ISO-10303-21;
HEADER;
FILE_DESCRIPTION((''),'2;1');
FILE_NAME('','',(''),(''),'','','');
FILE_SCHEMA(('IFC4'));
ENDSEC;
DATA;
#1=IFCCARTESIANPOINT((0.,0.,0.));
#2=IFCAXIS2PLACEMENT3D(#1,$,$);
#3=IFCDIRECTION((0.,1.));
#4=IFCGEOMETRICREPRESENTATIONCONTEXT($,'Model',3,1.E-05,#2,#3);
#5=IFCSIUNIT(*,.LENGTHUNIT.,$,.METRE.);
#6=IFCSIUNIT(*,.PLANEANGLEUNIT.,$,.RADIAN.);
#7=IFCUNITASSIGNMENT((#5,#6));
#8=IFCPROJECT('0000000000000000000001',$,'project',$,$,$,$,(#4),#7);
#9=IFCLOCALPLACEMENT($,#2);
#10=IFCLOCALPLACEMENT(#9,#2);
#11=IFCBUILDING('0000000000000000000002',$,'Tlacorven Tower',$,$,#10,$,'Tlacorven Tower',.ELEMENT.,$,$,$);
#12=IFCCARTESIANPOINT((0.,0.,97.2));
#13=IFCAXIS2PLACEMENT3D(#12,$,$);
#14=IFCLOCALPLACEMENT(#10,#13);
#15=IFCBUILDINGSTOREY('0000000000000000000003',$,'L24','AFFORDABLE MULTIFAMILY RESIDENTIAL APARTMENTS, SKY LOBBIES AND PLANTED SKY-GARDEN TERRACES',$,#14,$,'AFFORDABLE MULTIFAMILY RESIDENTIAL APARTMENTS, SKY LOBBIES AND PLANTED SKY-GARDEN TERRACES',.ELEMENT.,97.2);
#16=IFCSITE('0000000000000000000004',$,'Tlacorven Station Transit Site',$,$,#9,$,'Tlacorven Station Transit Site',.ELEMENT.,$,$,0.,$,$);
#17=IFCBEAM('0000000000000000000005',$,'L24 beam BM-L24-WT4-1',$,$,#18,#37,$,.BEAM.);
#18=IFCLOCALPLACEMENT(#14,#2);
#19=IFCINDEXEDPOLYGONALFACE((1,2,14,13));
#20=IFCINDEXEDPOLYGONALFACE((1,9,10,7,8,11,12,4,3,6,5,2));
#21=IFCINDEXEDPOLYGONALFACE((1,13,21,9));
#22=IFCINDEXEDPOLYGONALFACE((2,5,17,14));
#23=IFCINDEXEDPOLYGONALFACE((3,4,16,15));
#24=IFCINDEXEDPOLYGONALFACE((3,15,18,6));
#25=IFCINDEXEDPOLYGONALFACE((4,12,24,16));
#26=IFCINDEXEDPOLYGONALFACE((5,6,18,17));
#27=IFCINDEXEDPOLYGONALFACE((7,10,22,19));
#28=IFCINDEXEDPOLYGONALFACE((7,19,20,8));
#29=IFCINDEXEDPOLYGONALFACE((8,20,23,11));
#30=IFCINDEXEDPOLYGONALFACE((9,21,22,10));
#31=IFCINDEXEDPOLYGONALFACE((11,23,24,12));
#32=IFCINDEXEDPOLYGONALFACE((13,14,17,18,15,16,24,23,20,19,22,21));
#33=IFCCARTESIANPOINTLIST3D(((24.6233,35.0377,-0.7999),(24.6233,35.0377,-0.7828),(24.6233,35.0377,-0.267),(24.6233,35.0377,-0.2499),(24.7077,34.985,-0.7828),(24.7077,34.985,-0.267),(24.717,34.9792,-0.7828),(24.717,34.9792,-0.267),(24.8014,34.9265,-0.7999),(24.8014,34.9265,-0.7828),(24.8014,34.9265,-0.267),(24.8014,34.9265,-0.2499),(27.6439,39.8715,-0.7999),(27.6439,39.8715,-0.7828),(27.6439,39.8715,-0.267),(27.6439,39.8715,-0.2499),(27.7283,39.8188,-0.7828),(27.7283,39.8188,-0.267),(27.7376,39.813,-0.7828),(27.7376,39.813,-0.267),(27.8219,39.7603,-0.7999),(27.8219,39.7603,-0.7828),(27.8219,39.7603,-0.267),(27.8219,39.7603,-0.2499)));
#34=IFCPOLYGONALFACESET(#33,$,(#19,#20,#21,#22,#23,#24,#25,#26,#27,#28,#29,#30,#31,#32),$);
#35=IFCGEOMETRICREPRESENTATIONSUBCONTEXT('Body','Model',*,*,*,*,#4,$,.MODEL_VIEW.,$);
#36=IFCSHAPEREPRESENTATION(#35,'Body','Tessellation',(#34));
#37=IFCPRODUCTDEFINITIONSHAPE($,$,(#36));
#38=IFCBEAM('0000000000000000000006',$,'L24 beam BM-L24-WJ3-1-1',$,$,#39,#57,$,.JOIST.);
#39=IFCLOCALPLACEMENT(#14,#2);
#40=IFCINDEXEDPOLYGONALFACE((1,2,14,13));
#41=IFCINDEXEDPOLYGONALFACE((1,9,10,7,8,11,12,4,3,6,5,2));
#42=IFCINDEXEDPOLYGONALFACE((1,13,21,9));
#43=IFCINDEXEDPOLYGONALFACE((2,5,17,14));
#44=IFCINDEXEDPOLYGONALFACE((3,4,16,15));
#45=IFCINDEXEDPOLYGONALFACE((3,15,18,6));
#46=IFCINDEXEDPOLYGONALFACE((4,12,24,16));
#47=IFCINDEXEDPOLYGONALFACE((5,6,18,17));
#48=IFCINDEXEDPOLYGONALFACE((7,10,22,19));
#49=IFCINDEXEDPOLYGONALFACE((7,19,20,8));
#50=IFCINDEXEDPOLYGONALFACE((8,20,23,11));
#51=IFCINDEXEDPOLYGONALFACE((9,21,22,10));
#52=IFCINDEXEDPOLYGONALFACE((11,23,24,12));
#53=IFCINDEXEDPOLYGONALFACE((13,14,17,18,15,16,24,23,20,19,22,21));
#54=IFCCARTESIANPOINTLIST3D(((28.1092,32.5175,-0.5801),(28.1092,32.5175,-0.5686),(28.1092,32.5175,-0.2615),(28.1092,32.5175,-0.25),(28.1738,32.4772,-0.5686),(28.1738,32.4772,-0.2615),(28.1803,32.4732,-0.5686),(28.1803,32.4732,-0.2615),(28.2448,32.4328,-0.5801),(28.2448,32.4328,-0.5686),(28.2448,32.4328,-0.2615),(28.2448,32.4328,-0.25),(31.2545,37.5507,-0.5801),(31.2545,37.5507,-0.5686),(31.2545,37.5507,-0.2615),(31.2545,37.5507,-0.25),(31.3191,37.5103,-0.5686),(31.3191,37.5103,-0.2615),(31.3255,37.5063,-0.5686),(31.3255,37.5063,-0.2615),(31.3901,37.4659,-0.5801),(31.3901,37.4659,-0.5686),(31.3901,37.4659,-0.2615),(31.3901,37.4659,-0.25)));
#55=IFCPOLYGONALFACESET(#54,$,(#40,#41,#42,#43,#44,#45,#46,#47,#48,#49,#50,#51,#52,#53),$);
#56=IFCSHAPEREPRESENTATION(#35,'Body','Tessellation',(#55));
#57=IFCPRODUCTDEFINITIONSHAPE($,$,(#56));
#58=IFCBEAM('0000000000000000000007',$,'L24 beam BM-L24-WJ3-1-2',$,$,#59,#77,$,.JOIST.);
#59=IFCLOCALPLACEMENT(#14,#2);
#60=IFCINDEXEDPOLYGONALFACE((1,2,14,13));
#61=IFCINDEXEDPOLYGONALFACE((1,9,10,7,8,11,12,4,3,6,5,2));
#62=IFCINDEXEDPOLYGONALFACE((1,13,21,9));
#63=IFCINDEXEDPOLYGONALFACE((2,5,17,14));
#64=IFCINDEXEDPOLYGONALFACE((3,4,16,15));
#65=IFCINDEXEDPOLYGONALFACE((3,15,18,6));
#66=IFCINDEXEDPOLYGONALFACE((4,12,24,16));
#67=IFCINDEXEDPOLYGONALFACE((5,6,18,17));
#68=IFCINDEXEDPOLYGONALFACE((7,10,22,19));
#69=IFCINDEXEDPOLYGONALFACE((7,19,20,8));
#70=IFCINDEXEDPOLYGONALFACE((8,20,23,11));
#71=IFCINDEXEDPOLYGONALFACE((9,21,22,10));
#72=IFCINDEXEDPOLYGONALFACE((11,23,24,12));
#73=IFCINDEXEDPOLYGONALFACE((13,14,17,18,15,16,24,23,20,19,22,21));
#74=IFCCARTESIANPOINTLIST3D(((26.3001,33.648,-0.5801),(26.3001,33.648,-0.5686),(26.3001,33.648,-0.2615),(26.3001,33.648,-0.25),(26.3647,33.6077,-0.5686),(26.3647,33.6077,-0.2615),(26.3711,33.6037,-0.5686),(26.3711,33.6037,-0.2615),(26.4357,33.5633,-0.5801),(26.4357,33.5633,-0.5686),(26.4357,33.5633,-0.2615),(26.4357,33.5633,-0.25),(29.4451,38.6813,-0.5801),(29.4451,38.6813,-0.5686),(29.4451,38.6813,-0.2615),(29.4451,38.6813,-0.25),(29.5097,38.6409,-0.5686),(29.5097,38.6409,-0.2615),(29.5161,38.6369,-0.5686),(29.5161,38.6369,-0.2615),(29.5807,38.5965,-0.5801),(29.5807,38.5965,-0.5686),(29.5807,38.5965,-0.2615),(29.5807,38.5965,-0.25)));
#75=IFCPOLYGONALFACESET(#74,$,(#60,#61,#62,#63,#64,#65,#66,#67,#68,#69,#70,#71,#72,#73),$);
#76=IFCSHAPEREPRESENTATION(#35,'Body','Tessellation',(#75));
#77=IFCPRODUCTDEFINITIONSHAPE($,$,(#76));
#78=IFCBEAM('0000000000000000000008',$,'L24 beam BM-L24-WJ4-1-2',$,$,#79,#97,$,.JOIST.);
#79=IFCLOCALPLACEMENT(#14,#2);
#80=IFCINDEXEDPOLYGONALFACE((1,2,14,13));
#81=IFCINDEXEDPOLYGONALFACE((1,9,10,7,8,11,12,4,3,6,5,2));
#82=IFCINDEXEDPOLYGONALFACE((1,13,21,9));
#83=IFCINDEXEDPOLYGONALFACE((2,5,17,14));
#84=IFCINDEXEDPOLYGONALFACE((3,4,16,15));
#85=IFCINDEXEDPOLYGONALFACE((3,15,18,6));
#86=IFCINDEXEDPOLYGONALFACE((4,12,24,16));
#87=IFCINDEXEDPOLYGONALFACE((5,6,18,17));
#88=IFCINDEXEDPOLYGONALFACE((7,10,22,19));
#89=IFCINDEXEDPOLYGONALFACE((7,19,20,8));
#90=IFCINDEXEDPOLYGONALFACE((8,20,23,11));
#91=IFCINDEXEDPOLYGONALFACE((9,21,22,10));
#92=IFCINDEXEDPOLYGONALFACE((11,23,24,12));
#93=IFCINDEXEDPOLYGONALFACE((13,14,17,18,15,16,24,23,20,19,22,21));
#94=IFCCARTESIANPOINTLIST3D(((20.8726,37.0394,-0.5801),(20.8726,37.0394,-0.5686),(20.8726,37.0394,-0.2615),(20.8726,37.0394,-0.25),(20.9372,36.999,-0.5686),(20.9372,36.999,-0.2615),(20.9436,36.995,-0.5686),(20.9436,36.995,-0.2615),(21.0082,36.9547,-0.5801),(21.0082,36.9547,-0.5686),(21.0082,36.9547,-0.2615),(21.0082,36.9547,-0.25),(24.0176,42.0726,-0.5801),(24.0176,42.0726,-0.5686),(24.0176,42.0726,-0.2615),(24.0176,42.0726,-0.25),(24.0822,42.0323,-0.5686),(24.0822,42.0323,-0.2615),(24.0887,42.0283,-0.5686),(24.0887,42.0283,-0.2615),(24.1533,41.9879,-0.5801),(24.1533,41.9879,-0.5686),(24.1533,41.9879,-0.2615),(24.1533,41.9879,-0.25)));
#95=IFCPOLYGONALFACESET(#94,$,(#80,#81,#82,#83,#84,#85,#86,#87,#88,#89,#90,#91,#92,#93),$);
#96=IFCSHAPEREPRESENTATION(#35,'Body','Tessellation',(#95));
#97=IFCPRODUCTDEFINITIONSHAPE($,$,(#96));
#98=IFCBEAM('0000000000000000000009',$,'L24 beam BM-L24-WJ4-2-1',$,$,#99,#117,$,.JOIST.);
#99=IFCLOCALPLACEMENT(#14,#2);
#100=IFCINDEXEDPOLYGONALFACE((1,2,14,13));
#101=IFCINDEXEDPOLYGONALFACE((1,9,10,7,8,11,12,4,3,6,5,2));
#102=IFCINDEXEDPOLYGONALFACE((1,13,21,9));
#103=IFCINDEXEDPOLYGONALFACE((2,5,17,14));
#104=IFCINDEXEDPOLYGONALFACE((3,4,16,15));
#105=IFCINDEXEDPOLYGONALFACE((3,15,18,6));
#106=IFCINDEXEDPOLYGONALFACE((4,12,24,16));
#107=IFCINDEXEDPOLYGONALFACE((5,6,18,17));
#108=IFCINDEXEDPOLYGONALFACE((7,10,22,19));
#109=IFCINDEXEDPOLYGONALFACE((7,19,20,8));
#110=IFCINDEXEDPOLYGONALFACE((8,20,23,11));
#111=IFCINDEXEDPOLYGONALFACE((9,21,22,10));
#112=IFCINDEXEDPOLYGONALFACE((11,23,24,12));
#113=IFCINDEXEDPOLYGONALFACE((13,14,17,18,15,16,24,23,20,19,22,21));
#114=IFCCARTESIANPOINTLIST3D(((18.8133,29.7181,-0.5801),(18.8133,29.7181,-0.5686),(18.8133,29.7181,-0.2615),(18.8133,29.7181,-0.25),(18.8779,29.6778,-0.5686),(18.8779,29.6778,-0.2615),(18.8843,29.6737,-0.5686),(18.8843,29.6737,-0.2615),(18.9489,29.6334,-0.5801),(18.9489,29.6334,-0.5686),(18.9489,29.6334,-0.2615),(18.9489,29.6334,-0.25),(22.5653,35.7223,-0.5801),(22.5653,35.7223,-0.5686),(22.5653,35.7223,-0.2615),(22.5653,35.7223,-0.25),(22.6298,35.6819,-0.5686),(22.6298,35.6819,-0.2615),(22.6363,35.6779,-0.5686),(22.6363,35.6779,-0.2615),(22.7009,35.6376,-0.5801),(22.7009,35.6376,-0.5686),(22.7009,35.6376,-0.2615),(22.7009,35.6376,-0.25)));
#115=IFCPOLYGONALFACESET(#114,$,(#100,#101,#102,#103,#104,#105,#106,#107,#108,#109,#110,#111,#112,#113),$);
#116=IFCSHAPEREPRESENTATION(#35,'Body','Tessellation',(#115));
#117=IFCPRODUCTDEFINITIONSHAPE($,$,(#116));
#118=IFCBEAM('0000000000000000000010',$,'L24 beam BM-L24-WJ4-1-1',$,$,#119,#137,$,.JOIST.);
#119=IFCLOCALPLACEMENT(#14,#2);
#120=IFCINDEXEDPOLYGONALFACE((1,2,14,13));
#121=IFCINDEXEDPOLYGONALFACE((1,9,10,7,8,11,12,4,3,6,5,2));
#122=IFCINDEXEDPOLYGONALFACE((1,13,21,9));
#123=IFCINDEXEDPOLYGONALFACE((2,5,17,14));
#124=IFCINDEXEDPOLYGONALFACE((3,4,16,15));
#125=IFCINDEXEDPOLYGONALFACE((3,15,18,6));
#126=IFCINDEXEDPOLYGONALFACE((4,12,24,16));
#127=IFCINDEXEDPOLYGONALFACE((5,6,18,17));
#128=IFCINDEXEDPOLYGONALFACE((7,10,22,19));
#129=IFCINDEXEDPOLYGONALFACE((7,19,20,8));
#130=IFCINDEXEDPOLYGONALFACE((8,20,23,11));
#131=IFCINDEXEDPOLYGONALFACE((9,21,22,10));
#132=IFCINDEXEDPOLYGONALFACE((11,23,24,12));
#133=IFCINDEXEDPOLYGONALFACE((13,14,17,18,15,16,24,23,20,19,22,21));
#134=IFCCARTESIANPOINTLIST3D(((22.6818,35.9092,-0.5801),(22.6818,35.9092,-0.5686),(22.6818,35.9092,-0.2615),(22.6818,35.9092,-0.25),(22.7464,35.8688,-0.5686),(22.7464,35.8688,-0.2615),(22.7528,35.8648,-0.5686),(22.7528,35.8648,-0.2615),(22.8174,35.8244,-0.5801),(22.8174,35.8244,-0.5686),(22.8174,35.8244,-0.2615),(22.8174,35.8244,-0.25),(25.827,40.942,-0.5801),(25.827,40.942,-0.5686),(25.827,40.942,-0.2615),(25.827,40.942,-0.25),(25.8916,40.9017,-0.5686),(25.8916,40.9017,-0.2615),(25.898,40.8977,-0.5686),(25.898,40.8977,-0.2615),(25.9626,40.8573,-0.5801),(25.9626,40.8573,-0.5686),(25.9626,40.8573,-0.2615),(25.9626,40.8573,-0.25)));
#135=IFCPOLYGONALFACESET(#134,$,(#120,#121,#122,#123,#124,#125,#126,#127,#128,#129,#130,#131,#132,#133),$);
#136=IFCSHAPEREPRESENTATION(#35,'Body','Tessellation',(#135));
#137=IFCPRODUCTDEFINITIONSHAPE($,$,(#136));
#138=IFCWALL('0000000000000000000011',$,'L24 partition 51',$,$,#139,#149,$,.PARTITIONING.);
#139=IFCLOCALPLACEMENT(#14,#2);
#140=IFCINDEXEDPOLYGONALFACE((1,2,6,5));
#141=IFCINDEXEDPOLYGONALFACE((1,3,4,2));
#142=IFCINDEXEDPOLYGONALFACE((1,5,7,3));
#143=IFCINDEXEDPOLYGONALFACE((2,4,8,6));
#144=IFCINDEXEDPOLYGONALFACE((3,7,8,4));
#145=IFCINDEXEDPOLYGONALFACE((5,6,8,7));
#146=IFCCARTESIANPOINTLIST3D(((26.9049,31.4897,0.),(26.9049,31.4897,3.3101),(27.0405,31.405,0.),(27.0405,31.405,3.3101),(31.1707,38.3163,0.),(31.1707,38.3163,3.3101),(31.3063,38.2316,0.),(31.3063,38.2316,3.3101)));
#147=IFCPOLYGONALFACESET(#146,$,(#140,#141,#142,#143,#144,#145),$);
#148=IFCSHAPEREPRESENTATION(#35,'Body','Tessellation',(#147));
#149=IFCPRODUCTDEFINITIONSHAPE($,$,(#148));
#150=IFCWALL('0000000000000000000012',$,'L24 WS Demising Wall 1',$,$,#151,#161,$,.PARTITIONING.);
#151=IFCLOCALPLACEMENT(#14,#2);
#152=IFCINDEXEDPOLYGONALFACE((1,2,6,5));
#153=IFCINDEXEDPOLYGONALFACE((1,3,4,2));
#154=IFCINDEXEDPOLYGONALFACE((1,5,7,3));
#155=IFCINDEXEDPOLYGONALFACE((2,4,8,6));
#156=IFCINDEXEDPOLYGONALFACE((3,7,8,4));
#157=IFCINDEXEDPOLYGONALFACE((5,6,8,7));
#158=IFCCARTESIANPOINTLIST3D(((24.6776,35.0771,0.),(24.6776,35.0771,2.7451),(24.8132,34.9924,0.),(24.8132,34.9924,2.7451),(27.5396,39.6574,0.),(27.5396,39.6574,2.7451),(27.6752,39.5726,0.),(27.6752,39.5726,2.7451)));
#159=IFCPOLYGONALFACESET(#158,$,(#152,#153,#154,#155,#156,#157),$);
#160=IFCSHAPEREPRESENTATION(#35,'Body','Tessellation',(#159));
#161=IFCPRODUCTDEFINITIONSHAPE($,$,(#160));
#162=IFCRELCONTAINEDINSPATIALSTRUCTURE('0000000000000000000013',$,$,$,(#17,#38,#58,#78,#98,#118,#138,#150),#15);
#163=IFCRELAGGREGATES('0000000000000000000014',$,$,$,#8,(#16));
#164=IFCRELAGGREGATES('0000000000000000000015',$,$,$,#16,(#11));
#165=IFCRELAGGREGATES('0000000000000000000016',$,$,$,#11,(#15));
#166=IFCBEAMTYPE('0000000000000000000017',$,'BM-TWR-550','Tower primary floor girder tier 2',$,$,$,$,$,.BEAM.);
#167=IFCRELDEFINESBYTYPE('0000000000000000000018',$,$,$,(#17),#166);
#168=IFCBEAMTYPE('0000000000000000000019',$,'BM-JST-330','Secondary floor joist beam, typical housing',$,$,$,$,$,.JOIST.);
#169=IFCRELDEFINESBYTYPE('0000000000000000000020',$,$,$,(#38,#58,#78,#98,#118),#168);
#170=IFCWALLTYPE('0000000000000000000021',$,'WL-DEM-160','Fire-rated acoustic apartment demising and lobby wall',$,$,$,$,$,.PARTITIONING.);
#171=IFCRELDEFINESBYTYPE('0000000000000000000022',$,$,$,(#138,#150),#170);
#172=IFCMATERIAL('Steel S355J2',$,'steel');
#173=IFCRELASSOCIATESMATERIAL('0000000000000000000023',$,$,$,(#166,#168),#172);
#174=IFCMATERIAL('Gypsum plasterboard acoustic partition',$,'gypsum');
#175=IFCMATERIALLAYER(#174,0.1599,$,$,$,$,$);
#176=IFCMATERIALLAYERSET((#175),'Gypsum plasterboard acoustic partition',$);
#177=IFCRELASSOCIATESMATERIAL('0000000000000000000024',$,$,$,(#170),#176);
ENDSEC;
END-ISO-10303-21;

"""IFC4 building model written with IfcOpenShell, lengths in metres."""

from ifc_helpers import new_model, si_unit, direction, frame, frame_2d, origin, origin_2d, place, context, subcontext, project, spatial, rectangle, i_section, extrude, source, transform, mapped, material, layer, layer_set, material_profile, profile_set, type_object, element, save


model = new_model("IFC4")

# Units and contexts
model_context = context("Model", 3, precision=1e-05, world=origin(), true_north=direction((0.0, 1.0)))
body_context = subcontext(model_context, "Body", "Model", "MODEL_VIEW")
ifc_project = project(units=[si_unit("LENGTHUNIT", "METRE"), si_unit("PLANEANGLEUNIT", "RADIAN")], contexts=[model_context])

# Site, building, storey
site_placement = place(None, origin())
site = spatial("IfcSite", under=ifc_project, at=site_placement, Name="Tlacorven Station Transit Site", LongName="Tlacorven Station Transit Site", CompositionType="ELEMENT", RefElevation=0.0)
building_placement = place(site_placement, origin())
building = spatial("IfcBuilding", under=site, at=building_placement, Name="Tlacorven Tower", LongName="Tlacorven Tower", CompositionType="ELEMENT")
storey_placement = place(building_placement, frame((0.0, 0.0, 97.2)))
storey = spatial("IfcBuildingStorey", under=building, at=storey_placement, Name="L24", Description="AFFORDABLE MULTIFAMILY RESIDENTIAL APARTMENTS, SKY LOBBIES AND PLANTED SKY-GARDEN TERRACES", LongName="AFFORDABLE MULTIFAMILY RESIDENTIAL APARTMENTS, SKY LOBBIES AND PLANTED SKY-GARDEN TERRACES", CompositionType="ELEMENT", Elevation=97.2)

# Beams
ifc_material_1 = material(Name="Steel S355J2", Category="steel")
ifc_material_profile_1 = material_profile(ifc_material_1, i_section(OverallWidth=0.21, OverallDepth=0.55, WebThickness=0.011, FlangeThickness=0.0171, at=origin_2d()), Name="IPE 550")
ifc_profile_set_1 = profile_set([ifc_material_profile_1], Name="Steel S355J2")
beam_type_1 = type_object("IfcBeamType", Name="BM-TWR-550", Description="Tower primary floor girder tier 2", PredefinedType="BEAM", material=ifc_profile_set_1)
shared_shape_1 = source(origin(), body_context, "Body", "SweptSolid", [
    extrude(i_section(OverallWidth=0.21, OverallDepth=0.55, WebThickness=0.011, FlangeThickness=0.0171, at=origin_2d()), origin(), (0.0, 0.0, 1.0), 5.7),
])
beam_1_placement = place(storey_placement, frame((27.7329, 39.8159, -0.5249), z_axis=(-0.529926, -0.848044, 0.0), x_axis=(0.848044, -0.529926, 0.0)))
element("IfcBeam", 1, at=beam_1_placement, inside=storey, type_object=beam_type_1, Name="L24 beam BM-L24-WT4-1", PredefinedType="BEAM", context=body_context, shape_type="MappedRepresentation", body=[
    mapped(shared_shape_1, transform((0.0, 0.0, 0.0), scale=1.0)),
])
ifc_material_profile_2 = material_profile(ifc_material_1, i_section(OverallWidth=0.1599, OverallDepth=0.3301, WebThickness=0.0076, FlangeThickness=0.0115, at=origin_2d()), Name="IPE 330")
ifc_profile_set_2 = profile_set([ifc_material_profile_2], Name="Steel S355J2")
beam_type_2 = type_object("IfcBeamType", Name="BM-JST-330", Description="Secondary floor joist beam, typical housing", PredefinedType="JOIST", material=ifc_profile_set_2)
shared_shape_2 = source(origin(), body_context, "Body", "SweptSolid", [
    extrude(i_section(OverallWidth=0.1599, OverallDepth=0.3301, WebThickness=0.0076, FlangeThickness=0.0115, at=origin_2d()), origin(), (0.0, 0.0, 1.0), 5.9351),
])
for number, where, z_axis, x_axis, name in (
    (2, (31.3223, 37.5083, -0.415), (-0.52994, -0.848035, 0.0), (0.848035, -0.52994, 0.0), "L24 beam BM-L24-WJ3-1-1"),
    (3, (29.5129, 38.6389, -0.415), (-0.52991, -0.848054, 0.0), (0.848054, -0.52991, 0.0), "L24 beam BM-L24-WJ3-1-2"),
    (4, (24.0854, 42.0303, -0.415), (-0.52991, -0.848054, 0.0), (0.848054, -0.52991, 0.0), "L24 beam BM-L24-WJ4-1-2"),
):
    element("IfcBeam", number, at=place(storey_placement, frame(where, z_axis=z_axis, x_axis=x_axis)), inside=storey, type_object=beam_type_2, Name=name, PredefinedType="JOIST", context=body_context, shape_type="MappedRepresentation", body=[
        mapped(shared_shape_2, transform((0.0, 0.0, 0.0), scale=1.0)),
    ])
shared_shape_3 = source(origin(), body_context, "Body", "SweptSolid", [
    extrude(i_section(OverallWidth=0.1599, OverallDepth=0.3301, WebThickness=0.0076, FlangeThickness=0.0115, at=origin_2d()), origin(), (0.0, 0.0, 1.0), 7.0801),
])
beam_2_placement = place(storey_placement, frame((22.6331, 35.6799, -0.415), z_axis=(-0.529934, -0.848039, 0.0), x_axis=(0.848039, -0.529934, 0.0)))
element("IfcBeam", 5, at=beam_2_placement, inside=storey, type_object=beam_type_2, Name="L24 beam BM-L24-WJ4-2-1", PredefinedType="JOIST", context=body_context, shape_type="MappedRepresentation", body=[
    mapped(shared_shape_3, transform((0.0, 0.0, 0.0), scale=1.0)),
])
shared_shape_4 = source(origin(), body_context, "Body", "SweptSolid", [
    extrude(i_section(OverallWidth=0.1599, OverallDepth=0.3301, WebThickness=0.0076, FlangeThickness=0.0115, at=origin_2d()), origin(), (0.0, 0.0, 1.0), 5.9348),
])
beam_3_placement = place(storey_placement, frame((25.8948, 40.8997, -0.415), z_axis=(-0.529958, -0.848024, 0.0), x_axis=(0.848024, -0.529958, 0.0)))
element("IfcBeam", 6, at=beam_3_placement, inside=storey, type_object=beam_type_2, Name="L24 beam BM-L24-WJ4-1-1", PredefinedType="JOIST", context=body_context, shape_type="MappedRepresentation", body=[
    mapped(shared_shape_4, transform((0.0, 0.0, 0.0), scale=1.0)),
])

# Walls
ifc_material_2 = material(Name="Gypsum plasterboard acoustic partition", Category="gypsum")
ifc_layer_1 = layer(ifc_material_2, 0.1599)
ifc_layer_set_1 = layer_set([ifc_layer_1], Name="Gypsum plasterboard acoustic partition")
wall_type_1 = type_object("IfcWallType", Name="WL-DEM-160", Description="Fire-rated acoustic apartment demising and lobby wall", PredefinedType="PARTITIONING", material=ifc_layer_set_1)
wall_1_placement = place(storey_placement, frame((31.2385, 38.2739, 0.0), z_axis=(0.0, 0.0, 1.0), x_axis=(-0.529928, -0.848043, 0.0)))
element("IfcWall", 7, at=wall_1_placement, inside=storey, type_object=wall_type_1, Name="L24 partition 51", PredefinedType="PARTITIONING", context=body_context, shape_type="SweptSolid", body=[
    extrude(rectangle(XDim=8.0498, YDim=0.1599, at=frame_2d((4.0249, 0.0))), origin(), (0.0, 0.0, 1.0), 3.3101),
])
wall_2_placement = place(storey_placement, frame((27.6074, 39.615, 0.0), z_axis=(0.0, 0.0, 1.0), x_axis=(-0.529914, -0.848052, 0.0)))
element("IfcWall", 8, at=wall_2_placement, inside=storey, type_object=wall_type_1, Name="L24 WS Demising Wall 1", PredefinedType="PARTITIONING", context=body_context, shape_type="SweptSolid", body=[
    extrude(rectangle(XDim=5.4009, YDim=0.1599, at=frame_2d((2.7004, 0.0))), origin(), (0.0, 0.0, 1.0), 2.7451),
])

save(model, "model.ifc")
